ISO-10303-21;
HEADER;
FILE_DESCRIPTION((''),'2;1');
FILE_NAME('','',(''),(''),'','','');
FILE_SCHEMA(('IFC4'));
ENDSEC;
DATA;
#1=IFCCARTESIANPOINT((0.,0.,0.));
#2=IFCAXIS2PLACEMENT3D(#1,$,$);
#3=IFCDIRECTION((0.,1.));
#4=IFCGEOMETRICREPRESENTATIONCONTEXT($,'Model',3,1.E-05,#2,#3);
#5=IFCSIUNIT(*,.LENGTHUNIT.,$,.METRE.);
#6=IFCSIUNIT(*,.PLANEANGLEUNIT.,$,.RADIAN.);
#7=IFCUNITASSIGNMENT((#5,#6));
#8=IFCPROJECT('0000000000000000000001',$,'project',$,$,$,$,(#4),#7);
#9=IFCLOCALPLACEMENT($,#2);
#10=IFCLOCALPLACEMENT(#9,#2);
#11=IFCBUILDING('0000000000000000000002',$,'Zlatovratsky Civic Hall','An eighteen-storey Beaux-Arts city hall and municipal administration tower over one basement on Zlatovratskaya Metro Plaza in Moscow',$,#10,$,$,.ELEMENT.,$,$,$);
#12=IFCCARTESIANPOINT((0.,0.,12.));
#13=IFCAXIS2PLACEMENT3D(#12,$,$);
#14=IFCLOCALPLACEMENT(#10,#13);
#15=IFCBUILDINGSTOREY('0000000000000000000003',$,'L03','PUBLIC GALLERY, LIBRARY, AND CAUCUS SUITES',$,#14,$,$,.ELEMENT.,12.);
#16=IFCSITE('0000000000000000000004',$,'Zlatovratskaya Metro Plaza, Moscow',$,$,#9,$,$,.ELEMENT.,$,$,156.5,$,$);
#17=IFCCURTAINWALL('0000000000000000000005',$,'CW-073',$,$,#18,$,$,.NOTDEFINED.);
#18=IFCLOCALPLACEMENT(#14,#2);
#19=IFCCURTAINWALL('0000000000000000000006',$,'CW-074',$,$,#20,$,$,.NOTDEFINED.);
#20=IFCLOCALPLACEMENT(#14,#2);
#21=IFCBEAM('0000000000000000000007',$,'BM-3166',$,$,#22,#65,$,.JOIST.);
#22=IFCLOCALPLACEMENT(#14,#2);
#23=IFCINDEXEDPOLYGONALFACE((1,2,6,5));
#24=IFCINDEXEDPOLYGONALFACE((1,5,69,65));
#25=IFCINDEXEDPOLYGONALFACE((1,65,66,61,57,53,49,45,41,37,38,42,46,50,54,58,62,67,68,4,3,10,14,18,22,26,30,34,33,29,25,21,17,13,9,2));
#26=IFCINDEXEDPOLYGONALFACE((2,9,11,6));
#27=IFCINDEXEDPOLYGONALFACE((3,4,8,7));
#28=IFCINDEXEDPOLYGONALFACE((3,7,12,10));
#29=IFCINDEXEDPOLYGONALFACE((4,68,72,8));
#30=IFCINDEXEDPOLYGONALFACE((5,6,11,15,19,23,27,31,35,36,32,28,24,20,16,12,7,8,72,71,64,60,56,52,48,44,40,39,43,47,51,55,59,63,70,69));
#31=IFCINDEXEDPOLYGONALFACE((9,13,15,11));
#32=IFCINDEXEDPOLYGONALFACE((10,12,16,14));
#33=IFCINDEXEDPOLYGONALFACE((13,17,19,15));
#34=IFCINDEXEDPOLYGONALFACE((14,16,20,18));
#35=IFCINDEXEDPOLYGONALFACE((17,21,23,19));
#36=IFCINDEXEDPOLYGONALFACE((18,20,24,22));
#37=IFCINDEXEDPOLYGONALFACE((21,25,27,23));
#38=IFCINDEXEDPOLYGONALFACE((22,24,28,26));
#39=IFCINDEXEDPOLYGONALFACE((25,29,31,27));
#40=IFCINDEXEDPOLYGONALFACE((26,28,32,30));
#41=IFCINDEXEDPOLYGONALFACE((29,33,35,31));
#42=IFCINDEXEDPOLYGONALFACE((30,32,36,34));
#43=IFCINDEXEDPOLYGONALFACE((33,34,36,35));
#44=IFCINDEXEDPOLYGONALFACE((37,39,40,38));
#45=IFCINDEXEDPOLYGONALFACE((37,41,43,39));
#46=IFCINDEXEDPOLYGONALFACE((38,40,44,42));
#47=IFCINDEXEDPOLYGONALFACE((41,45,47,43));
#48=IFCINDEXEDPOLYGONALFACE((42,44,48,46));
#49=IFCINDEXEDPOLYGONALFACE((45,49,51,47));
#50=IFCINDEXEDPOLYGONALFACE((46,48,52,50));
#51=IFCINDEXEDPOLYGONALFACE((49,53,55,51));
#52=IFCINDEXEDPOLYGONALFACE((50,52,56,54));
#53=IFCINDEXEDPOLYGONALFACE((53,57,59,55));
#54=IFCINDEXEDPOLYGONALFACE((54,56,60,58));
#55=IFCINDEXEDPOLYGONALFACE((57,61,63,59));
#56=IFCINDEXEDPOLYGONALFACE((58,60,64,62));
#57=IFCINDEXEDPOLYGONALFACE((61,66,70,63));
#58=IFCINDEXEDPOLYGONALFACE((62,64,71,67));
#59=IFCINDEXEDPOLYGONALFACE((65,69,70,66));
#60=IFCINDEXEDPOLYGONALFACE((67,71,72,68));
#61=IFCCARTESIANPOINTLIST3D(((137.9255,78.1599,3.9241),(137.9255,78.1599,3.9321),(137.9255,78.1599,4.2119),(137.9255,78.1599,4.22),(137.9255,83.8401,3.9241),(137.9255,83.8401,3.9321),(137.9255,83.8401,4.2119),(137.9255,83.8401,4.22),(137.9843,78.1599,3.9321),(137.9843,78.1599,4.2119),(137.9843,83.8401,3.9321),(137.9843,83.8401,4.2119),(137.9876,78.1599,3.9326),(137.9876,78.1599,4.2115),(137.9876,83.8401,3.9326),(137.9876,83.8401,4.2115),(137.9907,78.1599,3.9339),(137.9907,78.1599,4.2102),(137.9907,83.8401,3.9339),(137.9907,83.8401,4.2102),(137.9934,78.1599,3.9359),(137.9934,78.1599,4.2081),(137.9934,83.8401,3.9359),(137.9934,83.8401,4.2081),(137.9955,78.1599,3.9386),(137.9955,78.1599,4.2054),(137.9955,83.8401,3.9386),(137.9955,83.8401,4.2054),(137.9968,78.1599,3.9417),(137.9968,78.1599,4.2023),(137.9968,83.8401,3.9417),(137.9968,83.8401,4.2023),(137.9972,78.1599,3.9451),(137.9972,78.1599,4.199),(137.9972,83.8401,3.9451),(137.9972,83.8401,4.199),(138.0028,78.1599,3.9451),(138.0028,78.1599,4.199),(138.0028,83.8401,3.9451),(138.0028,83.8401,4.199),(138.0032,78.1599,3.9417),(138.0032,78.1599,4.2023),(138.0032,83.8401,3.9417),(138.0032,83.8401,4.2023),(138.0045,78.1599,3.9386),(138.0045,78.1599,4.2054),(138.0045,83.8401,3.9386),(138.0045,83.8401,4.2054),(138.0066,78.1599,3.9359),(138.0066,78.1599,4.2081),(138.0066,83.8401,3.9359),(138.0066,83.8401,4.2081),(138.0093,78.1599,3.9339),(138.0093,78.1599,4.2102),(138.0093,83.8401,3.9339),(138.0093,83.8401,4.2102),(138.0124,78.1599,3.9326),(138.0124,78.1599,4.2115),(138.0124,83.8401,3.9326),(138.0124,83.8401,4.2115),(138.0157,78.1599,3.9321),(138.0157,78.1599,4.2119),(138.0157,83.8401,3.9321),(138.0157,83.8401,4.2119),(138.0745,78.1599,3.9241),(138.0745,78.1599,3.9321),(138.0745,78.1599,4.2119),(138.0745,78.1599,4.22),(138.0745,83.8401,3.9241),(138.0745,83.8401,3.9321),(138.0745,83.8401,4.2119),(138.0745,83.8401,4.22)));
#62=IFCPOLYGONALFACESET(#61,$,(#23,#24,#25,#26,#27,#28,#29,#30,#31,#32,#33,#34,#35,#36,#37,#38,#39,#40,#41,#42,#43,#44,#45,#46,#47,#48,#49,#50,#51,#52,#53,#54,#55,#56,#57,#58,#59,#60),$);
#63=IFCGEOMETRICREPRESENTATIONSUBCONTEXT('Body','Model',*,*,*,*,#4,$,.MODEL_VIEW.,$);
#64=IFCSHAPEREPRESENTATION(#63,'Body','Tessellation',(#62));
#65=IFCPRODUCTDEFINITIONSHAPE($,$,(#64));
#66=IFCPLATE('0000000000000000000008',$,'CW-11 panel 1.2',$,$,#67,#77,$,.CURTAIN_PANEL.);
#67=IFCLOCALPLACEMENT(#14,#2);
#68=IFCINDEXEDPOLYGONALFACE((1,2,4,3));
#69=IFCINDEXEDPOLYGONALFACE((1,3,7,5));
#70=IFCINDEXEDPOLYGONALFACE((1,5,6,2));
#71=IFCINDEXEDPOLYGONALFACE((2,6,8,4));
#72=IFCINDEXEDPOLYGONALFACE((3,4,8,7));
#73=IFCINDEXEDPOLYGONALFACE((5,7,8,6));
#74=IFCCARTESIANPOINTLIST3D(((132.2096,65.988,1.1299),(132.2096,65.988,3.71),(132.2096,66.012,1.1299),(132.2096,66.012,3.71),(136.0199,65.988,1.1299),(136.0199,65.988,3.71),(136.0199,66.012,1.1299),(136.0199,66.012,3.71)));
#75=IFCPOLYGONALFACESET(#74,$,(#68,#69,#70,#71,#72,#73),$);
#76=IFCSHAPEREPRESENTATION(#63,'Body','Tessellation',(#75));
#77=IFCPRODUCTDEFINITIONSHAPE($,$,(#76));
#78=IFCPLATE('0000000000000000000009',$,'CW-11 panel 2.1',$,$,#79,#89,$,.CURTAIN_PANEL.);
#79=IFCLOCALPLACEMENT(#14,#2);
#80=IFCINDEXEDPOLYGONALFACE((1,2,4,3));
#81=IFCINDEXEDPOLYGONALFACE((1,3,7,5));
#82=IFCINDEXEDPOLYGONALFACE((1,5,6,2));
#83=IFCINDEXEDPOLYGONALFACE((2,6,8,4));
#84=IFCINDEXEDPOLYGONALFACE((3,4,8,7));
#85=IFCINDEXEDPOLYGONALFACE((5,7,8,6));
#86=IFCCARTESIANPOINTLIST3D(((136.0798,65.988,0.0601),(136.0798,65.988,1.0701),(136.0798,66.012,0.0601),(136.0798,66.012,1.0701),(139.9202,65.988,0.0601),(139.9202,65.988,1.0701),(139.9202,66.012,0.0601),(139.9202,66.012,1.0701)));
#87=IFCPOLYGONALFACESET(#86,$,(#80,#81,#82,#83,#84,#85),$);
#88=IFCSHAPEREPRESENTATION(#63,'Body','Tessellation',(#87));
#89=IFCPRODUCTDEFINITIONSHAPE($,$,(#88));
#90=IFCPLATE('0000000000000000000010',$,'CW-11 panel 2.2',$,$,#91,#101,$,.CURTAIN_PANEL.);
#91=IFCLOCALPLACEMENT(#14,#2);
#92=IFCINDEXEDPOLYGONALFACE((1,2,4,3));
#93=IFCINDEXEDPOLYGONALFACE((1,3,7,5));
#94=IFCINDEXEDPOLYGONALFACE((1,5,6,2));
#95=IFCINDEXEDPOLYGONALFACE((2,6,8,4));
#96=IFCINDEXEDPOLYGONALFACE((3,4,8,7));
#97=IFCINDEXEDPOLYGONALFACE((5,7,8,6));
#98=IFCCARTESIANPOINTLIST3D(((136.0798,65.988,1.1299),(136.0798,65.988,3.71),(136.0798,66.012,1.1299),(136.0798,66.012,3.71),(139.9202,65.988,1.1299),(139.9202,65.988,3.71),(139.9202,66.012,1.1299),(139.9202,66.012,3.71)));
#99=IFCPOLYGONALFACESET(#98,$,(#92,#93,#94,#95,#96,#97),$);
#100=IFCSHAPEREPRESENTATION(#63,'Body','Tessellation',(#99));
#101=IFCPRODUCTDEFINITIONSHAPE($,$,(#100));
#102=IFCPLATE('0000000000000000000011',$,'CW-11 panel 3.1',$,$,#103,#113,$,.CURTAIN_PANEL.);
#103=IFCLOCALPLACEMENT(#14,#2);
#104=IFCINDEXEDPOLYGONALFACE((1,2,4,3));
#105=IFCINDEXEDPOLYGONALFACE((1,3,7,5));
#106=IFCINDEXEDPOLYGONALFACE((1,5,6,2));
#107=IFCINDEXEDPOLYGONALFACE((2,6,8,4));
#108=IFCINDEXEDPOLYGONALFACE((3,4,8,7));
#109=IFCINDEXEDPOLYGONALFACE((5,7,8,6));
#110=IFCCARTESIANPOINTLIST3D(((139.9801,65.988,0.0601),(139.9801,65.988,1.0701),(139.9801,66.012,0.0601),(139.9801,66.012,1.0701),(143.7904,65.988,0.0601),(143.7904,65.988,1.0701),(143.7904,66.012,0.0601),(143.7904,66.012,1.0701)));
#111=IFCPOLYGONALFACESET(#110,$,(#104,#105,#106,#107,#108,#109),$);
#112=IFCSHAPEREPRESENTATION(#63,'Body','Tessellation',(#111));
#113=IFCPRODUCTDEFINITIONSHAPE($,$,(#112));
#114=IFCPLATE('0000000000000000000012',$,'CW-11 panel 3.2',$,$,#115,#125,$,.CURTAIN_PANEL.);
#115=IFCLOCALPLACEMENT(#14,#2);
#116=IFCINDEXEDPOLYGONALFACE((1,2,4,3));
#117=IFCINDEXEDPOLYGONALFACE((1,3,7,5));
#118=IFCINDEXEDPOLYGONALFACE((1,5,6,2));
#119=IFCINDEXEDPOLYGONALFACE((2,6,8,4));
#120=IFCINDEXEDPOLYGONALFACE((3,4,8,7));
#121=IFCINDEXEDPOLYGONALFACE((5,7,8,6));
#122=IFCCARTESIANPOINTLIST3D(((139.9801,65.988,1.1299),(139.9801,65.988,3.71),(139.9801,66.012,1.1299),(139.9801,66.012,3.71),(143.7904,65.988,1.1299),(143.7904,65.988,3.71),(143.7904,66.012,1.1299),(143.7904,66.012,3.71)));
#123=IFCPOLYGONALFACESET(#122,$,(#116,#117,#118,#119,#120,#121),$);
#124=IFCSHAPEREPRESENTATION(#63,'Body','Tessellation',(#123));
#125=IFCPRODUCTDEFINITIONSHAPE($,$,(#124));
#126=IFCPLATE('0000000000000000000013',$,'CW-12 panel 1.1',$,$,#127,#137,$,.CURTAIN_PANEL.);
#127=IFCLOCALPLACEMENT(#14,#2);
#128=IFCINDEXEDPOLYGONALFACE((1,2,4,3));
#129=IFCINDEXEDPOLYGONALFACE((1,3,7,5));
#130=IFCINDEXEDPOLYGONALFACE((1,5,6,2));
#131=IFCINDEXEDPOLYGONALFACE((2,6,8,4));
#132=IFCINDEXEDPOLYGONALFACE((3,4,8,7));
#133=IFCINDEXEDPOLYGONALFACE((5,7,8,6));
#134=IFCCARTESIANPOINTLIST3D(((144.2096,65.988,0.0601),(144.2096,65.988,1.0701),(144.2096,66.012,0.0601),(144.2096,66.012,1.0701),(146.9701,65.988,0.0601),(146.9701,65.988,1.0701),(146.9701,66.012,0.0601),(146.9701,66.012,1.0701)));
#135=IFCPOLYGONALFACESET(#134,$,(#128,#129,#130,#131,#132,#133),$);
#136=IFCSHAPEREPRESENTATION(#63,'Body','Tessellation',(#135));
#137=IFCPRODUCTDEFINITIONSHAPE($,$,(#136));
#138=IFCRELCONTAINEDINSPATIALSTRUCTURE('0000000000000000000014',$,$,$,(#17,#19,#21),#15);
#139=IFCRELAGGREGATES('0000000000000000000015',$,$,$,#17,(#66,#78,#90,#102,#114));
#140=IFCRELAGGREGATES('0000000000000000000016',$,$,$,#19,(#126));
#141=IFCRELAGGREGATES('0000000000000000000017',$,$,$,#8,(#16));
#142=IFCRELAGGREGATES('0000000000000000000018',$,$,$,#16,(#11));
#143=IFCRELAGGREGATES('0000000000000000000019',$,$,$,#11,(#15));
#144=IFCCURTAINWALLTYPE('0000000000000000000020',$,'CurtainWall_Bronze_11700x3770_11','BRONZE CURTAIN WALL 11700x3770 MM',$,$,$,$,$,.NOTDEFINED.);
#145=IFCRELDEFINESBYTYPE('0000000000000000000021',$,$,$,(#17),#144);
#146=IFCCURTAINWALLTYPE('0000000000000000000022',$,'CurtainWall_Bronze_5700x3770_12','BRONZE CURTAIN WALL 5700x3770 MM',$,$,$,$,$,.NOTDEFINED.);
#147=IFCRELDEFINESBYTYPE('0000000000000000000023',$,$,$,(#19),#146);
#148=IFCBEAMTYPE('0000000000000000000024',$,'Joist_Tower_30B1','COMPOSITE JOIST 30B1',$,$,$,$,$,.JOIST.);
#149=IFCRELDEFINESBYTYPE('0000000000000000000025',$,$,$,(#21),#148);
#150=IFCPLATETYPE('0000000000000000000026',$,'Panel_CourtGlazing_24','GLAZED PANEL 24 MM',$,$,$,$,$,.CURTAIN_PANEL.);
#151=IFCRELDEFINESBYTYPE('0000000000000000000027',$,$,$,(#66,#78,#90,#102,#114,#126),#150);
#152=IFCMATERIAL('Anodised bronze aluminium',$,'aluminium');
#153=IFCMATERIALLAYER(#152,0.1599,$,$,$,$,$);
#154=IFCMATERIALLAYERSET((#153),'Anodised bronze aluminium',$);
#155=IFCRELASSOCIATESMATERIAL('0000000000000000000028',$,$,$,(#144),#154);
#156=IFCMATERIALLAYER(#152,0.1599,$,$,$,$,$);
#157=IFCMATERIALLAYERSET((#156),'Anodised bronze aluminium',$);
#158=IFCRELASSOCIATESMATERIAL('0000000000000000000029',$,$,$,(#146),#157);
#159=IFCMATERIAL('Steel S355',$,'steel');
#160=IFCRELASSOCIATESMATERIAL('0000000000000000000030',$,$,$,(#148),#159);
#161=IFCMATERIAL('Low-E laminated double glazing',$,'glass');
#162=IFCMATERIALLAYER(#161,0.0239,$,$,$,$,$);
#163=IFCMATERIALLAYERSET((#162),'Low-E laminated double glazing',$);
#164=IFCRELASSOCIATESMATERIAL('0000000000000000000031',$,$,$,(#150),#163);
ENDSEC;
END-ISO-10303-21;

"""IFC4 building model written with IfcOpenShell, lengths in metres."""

from ifc_helpers import new_model, si_unit, direction, frame, origin, origin_2d, place, context, subcontext, project, spatial, rectangle, i_section, extrude, material, layer, layer_set, material_profile, profile_set, type_object, element, aggregate, save


model = new_model("IFC4")

# Units and contexts
model_context = context("Model", 3, precision=1e-05, world=origin(), true_north=direction((0.0, 1.0)))
body_context = subcontext(model_context, "Body", "Model", "MODEL_VIEW")
ifc_project = project(units=[si_unit("LENGTHUNIT", "METRE"), si_unit("PLANEANGLEUNIT", "RADIAN")], contexts=[model_context])

# Site, building, storey
site_placement = place(None, origin())
site = spatial("IfcSite", under=ifc_project, at=site_placement, Name="Zlatovratskaya Metro Plaza, Moscow", CompositionType="ELEMENT", RefElevation=156.5)
building_placement = place(site_placement, origin())
building = spatial("IfcBuilding", under=site, at=building_placement, Name="Zlatovratsky Civic Hall", Description="An eighteen-storey Beaux-Arts city hall and municipal administration tower over one basement on Zlatovratskaya Metro Plaza in Moscow", CompositionType="ELEMENT")
storey_placement = place(building_placement, frame((0.0, 0.0, 12.0)))
storey = spatial("IfcBuildingStorey", under=building, at=storey_placement, Name="L03", Description="PUBLIC GALLERY, LIBRARY, AND CAUCUS SUITES", CompositionType="ELEMENT", Elevation=12.0)

# Shared definitions
ifc_material_1 = material(Name="Steel S355", Category="steel")

# Curtain walls
ifc_material_2 = material(Name="Anodised bronze aluminium", Category="aluminium")
ifc_layer_1 = layer(ifc_material_2, 0.1599)
ifc_layer_set_1 = layer_set([ifc_layer_1], Name="Anodised bronze aluminium")
curtain_wall_type_1 = type_object("IfcCurtainWallType", Name="CurtainWall_Bronze_11700x3770_11", Description="BRONZE CURTAIN WALL 11700x3770 MM", PredefinedType="NOTDEFINED", material=ifc_layer_set_1)
curtain_wall_1_placement = place(storey_placement, origin())
curtain_wall_1 = element("IfcCurtainWall", 1, at=curtain_wall_1_placement, inside=storey, type_object=curtain_wall_type_1, Name="CW-073", PredefinedType="NOTDEFINED")
ifc_layer_2 = layer(ifc_material_2, 0.1599)
ifc_layer_set_2 = layer_set([ifc_layer_2], Name="Anodised bronze aluminium")
curtain_wall_type_2 = type_object("IfcCurtainWallType", Name="CurtainWall_Bronze_5700x3770_12", Description="BRONZE CURTAIN WALL 5700x3770 MM", PredefinedType="NOTDEFINED", material=ifc_layer_set_2)
curtain_wall_2_placement = place(storey_placement, origin())
curtain_wall_2 = element("IfcCurtainWall", 2, at=curtain_wall_2_placement, inside=storey, type_object=curtain_wall_type_2, Name="CW-074", PredefinedType="NOTDEFINED")

# Beam
ifc_material_profile_1 = material_profile(ifc_material_1, i_section(OverallWidth=0.1489, OverallDepth=0.2959, WebThickness=0.0056, FlangeThickness=0.0081, FilletRadius=0.0129, at=origin_2d()), Name="30B1")
ifc_profile_set_1 = profile_set([ifc_material_profile_1], Name="Steel S355")
beam_type_1 = type_object("IfcBeamType", Name="Joist_Tower_30B1", Description="COMPOSITE JOIST 30B1", PredefinedType="JOIST", material=ifc_profile_set_1)
for number, where, z_axis, x_axis, name in (
    (3, (138.0, 78.1599, 4.072), (0.0, 1.0, 0.0), (-1.0, 0.0, 0.0), "BM-3166"),
):
    element("IfcBeam", number, at=place(storey_placement, frame(where, z_axis=z_axis, x_axis=x_axis)), inside=storey, type_object=beam_type_1, Name=name, PredefinedType="JOIST", context=body_context, shape_type="SweptSolid", body=[
        extrude(i_section(OverallWidth=0.1489, OverallDepth=0.2959, WebThickness=0.0056, FlangeThickness=0.0081, FilletRadius=0.0129, at=origin_2d()), origin(), (0.0, 0.0, 1.0), 5.6802),
    ])

# Plates
ifc_material_3 = material(Name="Low-E laminated double glazing", Category="glass")
ifc_layer_3 = layer(ifc_material_3, 0.0239)
ifc_layer_set_3 = layer_set([ifc_layer_3], Name="Low-E laminated double glazing")
plate_type = type_object("IfcPlateType", Name="Panel_CourtGlazing_24", Description="GLAZED PANEL 24 MM", PredefinedType="CURTAIN_PANEL", material=ifc_layer_set_3)
plate_1_placement = place(storey_placement, frame((134.1147, 66.0, 1.1299), z_axis=(0.0, 0.0, 1.0), x_axis=(1.0, 0.0, 0.0)))
plate_1 = element("IfcPlate", 4, at=plate_1_placement, type_object=plate_type, Name="CW-11 panel 1.2", PredefinedType="CURTAIN_PANEL", context=body_context, shape_type="SweptSolid", body=[
    extrude(rectangle(XDim=3.8103, YDim=0.0239, at=origin_2d()), origin(), (0.0, 0.0, 1.0), 2.5801),
])
plate_2_placement = place(storey_placement, frame((138.0, 66.0, 0.0601), z_axis=(0.0, 0.0, 1.0), x_axis=(1.0, 0.0, 0.0)))
plate_2 = element("IfcPlate", 5, at=plate_2_placement, type_object=plate_type, Name="CW-11 panel 2.1", PredefinedType="CURTAIN_PANEL", context=body_context, shape_type="SweptSolid", body=[
    extrude(rectangle(XDim=3.8403, YDim=0.0239, at=origin_2d()), origin(), (0.0, 0.0, 1.0), 1.01),
])
plate_3_placement = place(storey_placement, frame((138.0, 66.0, 1.1299), z_axis=(0.0, 0.0, 1.0), x_axis=(1.0, 0.0, 0.0)))
plate_3 = element("IfcPlate", 6, at=plate_3_placement, type_object=plate_type, Name="CW-11 panel 2.2", PredefinedType="CURTAIN_PANEL", context=body_context, shape_type="SweptSolid", body=[
    extrude(rectangle(XDim=3.8403, YDim=0.0239, at=origin_2d()), origin(), (0.0, 0.0, 1.0), 2.5801),
])
plate_4_placement = place(storey_placement, frame((141.8853, 66.0, 0.0601), z_axis=(0.0, 0.0, 1.0), x_axis=(1.0, 0.0, 0.0)))
plate_4 = element("IfcPlate", 7, at=plate_4_placement, type_object=plate_type, Name="CW-11 panel 3.1", PredefinedType="CURTAIN_PANEL", context=body_context, shape_type="SweptSolid", body=[
    extrude(rectangle(XDim=3.8103, YDim=0.0239, at=origin_2d()), origin(), (0.0, 0.0, 1.0), 1.01),
])
plate_5_placement = place(storey_placement, frame((141.8853, 66.0, 1.1299), z_axis=(0.0, 0.0, 1.0), x_axis=(1.0, 0.0, 0.0)))
plate_5 = element("IfcPlate", 8, at=plate_5_placement, type_object=plate_type, Name="CW-11 panel 3.2", PredefinedType="CURTAIN_PANEL", context=body_context, shape_type="SweptSolid", body=[
    extrude(rectangle(XDim=3.8103, YDim=0.0239, at=origin_2d()), origin(), (0.0, 0.0, 1.0), 2.5801),
])
aggregate(curtain_wall_1, [plate_1, plate_2, plate_3, plate_4, plate_5])
plate_6_placement = place(storey_placement, frame((145.5898, 66.0, 0.0601), z_axis=(0.0, 0.0, 1.0), x_axis=(1.0, 0.0, 0.0)))
plate_6 = element("IfcPlate", 9, at=plate_6_placement, type_object=plate_type, Name="CW-12 panel 1.1", PredefinedType="CURTAIN_PANEL", context=body_context, shape_type="SweptSolid", body=[
    extrude(rectangle(XDim=2.7605, YDim=0.0239, at=origin_2d()), origin(), (0.0, 0.0, 1.0), 1.01),
])
aggregate(curtain_wall_2, [plate_6])

save(model, "model.ifc")
